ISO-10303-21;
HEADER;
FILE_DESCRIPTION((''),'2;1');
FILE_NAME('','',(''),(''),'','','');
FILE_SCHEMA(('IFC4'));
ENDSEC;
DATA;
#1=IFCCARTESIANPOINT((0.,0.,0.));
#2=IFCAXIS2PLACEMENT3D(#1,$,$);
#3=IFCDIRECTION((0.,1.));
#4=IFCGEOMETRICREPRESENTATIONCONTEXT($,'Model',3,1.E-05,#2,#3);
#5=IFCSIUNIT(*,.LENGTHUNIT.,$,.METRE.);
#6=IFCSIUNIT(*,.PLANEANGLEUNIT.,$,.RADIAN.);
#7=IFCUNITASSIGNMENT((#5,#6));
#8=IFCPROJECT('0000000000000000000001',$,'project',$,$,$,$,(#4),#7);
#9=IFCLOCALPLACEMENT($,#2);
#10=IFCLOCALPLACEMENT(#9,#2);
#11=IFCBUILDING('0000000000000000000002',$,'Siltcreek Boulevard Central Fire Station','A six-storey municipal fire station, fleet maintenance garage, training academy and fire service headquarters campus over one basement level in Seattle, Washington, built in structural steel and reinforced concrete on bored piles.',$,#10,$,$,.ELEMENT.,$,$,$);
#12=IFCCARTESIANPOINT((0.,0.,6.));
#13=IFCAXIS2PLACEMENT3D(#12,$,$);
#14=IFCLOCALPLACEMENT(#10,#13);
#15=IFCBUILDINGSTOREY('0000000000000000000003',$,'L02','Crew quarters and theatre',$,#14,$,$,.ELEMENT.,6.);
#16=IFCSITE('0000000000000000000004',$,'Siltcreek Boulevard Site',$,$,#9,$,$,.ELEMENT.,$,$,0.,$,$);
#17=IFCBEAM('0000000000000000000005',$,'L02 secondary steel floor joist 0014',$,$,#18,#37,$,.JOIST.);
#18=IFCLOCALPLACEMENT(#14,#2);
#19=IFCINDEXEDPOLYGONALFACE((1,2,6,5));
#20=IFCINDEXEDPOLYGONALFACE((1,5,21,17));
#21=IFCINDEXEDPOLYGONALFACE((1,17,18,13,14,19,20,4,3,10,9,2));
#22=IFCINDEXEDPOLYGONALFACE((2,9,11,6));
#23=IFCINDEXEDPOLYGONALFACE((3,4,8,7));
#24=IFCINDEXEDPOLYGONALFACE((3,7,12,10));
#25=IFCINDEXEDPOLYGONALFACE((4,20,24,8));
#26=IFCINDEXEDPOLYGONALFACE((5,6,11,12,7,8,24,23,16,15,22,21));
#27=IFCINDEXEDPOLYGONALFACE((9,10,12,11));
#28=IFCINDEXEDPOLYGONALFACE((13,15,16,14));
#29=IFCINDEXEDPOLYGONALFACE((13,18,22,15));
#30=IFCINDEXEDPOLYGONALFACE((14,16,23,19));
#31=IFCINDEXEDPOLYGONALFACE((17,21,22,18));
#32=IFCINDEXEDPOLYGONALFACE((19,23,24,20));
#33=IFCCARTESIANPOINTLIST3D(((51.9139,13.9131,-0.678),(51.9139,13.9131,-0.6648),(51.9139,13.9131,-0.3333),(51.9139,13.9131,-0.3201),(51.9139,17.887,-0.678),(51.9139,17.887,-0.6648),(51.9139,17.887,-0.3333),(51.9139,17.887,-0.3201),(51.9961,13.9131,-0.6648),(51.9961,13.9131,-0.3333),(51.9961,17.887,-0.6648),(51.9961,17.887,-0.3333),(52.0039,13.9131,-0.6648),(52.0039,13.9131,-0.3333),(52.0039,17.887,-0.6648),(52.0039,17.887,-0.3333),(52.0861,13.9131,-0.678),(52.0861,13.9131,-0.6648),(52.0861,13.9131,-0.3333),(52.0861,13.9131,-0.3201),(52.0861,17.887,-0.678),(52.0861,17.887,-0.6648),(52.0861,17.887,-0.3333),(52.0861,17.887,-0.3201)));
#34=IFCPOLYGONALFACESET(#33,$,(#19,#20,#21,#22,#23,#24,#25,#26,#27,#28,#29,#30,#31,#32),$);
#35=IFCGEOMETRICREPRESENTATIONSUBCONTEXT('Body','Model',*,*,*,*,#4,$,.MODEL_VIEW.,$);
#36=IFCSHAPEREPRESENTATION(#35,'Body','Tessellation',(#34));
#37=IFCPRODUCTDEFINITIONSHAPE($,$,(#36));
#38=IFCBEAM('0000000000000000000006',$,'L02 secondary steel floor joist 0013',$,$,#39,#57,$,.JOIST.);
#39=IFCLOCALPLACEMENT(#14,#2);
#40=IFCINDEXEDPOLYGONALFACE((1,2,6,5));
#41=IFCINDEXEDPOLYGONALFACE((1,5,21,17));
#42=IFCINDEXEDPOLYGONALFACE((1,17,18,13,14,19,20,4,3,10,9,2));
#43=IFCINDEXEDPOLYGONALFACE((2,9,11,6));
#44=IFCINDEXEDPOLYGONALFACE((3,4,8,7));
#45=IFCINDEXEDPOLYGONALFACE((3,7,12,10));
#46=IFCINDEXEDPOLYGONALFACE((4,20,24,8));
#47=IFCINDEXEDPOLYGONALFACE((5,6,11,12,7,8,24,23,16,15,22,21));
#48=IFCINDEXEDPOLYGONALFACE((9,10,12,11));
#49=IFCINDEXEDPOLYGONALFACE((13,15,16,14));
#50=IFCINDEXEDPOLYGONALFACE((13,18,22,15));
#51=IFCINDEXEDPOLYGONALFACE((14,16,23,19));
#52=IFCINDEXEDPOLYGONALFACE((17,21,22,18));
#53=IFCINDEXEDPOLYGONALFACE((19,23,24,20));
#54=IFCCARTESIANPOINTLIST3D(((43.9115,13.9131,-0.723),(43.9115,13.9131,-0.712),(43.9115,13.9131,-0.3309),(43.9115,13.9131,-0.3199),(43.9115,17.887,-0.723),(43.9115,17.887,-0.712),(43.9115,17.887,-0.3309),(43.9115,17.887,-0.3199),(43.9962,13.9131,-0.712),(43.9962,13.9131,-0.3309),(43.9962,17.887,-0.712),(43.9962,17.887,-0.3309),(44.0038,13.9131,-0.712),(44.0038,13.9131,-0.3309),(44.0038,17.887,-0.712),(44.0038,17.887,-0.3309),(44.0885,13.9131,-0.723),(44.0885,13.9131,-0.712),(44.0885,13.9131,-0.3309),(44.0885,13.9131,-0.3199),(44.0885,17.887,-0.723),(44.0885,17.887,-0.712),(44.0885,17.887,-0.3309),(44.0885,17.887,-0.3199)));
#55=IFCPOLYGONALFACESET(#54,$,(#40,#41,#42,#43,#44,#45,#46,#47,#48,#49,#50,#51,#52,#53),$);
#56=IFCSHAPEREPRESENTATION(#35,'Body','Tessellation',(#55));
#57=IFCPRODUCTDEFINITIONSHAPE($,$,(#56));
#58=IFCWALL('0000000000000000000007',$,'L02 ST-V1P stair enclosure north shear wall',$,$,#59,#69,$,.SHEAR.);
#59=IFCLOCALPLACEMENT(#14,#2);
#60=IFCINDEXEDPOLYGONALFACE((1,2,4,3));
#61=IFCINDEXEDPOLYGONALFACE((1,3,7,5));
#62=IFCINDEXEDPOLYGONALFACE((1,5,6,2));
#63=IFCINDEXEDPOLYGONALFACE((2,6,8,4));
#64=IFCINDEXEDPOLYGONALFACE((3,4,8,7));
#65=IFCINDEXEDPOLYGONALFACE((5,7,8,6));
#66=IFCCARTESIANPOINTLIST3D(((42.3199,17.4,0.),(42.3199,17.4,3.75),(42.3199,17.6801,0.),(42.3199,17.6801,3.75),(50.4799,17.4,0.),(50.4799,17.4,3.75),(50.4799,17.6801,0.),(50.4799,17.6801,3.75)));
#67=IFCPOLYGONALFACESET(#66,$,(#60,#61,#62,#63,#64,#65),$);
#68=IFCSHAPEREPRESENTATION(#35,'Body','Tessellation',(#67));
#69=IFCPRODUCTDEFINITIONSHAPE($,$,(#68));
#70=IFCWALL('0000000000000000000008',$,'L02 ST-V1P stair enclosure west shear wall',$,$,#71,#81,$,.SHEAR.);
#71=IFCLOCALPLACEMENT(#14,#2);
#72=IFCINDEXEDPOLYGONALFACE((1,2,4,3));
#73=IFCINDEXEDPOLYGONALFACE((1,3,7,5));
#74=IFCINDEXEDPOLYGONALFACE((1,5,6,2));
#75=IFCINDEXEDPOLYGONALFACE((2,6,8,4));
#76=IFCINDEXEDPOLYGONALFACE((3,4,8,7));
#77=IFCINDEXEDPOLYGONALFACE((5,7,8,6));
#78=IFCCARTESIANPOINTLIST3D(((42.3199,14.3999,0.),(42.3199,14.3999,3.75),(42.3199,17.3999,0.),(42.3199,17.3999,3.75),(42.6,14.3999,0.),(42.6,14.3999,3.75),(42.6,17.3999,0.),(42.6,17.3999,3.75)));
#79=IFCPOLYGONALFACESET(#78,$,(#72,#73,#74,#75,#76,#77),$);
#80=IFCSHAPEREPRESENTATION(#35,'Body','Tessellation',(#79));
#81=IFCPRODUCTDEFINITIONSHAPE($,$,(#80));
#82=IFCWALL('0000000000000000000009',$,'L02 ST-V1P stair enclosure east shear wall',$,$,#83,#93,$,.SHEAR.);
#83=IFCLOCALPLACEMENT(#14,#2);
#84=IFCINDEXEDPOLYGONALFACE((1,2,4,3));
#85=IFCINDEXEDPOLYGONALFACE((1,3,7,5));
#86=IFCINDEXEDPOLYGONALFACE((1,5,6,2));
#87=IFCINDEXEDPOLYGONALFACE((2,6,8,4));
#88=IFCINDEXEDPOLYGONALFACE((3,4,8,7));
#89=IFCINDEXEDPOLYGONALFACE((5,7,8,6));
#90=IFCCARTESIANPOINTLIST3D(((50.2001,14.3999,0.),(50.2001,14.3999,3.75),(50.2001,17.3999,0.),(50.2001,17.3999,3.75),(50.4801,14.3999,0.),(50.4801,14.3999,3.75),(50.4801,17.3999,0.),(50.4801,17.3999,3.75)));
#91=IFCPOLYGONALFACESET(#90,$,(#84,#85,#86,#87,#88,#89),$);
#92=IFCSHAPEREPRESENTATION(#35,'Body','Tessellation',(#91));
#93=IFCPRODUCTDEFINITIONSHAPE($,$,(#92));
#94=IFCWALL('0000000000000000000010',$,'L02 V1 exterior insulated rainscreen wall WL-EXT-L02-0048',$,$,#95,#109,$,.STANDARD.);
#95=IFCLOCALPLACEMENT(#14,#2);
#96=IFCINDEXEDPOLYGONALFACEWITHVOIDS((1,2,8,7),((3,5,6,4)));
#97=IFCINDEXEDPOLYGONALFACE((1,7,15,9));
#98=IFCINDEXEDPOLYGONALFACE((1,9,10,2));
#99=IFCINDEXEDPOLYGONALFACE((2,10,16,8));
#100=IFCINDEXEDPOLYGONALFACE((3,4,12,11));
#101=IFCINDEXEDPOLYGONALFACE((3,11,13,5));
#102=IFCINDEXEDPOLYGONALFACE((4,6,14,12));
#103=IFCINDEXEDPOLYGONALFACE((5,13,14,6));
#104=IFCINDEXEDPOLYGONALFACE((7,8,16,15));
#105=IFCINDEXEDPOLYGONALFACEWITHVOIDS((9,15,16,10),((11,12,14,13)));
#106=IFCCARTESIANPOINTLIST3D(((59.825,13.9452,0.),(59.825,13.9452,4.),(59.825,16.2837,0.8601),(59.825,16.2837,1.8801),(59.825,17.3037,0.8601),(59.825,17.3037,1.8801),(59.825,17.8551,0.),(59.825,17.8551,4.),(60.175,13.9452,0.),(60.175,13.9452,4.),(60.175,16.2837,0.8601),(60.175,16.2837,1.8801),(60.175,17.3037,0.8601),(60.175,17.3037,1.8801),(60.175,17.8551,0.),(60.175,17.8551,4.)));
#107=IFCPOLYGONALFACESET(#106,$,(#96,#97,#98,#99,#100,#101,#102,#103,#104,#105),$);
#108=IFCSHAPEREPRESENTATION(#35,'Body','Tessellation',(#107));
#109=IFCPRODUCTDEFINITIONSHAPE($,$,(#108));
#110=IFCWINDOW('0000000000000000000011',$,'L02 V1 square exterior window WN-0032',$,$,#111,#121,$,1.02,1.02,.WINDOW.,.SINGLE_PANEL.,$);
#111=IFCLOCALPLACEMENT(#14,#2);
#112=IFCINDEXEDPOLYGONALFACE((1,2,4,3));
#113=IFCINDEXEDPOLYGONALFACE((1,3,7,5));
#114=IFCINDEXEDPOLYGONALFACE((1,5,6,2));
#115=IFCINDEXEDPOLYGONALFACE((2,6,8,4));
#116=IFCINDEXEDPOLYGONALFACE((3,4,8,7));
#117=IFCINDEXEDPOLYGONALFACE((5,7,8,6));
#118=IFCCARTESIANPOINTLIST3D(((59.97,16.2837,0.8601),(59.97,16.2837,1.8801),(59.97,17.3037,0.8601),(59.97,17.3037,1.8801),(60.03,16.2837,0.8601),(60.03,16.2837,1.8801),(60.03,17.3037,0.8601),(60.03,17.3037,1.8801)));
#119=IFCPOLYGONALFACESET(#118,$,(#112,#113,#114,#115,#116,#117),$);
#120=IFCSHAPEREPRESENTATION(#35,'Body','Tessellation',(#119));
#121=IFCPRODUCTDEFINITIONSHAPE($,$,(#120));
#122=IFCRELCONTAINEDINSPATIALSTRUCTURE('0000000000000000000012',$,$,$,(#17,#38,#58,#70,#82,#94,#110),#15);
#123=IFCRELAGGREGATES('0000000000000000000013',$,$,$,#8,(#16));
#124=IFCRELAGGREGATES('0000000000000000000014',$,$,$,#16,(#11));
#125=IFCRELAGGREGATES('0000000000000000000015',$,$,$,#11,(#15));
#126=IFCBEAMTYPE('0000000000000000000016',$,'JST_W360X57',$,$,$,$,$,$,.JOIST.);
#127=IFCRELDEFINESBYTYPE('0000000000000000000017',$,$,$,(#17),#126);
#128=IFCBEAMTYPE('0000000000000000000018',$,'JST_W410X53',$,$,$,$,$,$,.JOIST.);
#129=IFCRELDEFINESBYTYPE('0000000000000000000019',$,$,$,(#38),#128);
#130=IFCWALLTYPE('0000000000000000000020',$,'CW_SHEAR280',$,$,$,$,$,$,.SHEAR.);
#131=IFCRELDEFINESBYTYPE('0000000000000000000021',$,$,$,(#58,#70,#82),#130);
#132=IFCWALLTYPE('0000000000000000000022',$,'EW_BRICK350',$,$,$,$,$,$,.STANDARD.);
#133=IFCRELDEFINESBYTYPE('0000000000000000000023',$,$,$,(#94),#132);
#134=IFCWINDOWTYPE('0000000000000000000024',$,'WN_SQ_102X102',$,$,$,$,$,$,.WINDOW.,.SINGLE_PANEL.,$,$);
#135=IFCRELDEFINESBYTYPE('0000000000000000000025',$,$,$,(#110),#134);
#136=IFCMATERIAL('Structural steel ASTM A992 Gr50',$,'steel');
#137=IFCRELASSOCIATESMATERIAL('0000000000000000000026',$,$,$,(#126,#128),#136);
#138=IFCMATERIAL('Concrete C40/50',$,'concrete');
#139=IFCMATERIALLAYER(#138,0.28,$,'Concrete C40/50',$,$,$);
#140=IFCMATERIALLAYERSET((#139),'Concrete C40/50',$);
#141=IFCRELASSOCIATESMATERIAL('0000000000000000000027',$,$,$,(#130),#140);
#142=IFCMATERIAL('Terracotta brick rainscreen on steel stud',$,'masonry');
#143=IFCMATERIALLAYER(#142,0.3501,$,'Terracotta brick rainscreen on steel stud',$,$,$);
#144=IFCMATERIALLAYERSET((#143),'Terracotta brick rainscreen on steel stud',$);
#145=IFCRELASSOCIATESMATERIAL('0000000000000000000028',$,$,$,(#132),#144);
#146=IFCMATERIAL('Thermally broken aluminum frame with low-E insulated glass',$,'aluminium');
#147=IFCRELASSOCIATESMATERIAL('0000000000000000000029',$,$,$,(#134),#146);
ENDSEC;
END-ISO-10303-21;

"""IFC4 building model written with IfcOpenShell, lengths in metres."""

from ifc_helpers import new_model, si_unit, direction, frame, frame_2d, origin, origin_2d, place, context, subcontext, project, spatial, rectangle, i_section, extrude, material, layer, layer_set, material_profile, profile_set, type_object, element, fill, save


model = new_model("IFC4")

# Units and contexts
model_context = context("Model", 3, precision=1e-05, world=origin(), true_north=direction((0.0, 1.0)))
body_context = subcontext(model_context, "Body", "Model", "MODEL_VIEW")
ifc_project = project(units=[si_unit("LENGTHUNIT", "METRE"), si_unit("PLANEANGLEUNIT", "RADIAN")], contexts=[model_context])

# Site, building, storey
site_placement = place(None, origin())
site = spatial("IfcSite", under=ifc_project, at=site_placement, Name="Siltcreek Boulevard Site", CompositionType="ELEMENT", RefElevation=0.0)
building_placement = place(site_placement, origin())
building = spatial("IfcBuilding", under=site, at=building_placement, Name="Siltcreek Boulevard Central Fire Station", Description="A six-storey municipal fire station, fleet maintenance garage, training academy and fire service headquarters campus over one basement level in Seattle, Washington, built in structural steel and reinforced concrete on bored piles.", CompositionType="ELEMENT")
storey_placement = place(building_placement, frame((0.0, 0.0, 6.0)))
storey = spatial("IfcBuildingStorey", under=building, at=storey_placement, Name="L02", Description="Crew quarters and theatre", CompositionType="ELEMENT", Elevation=6.0)

# Shared definitions
ifc_material_1 = material(Name="Structural steel ASTM A992 Gr50", Category="steel")

# Beams
ifc_material_profile_1 = material_profile(ifc_material_1, i_section(OverallWidth=0.1721, OverallDepth=0.3579, WebThickness=0.0078, FlangeThickness=0.0132, at=origin_2d()), Name="W360X57")
ifc_profile_set_1 = profile_set([ifc_material_profile_1], Name="Structural steel ASTM A992 Gr50")
beam_type_1 = type_object("IfcBeamType", Name="JST_W360X57", PredefinedType="JOIST", material=ifc_profile_set_1)
beam_1_placement = place(storey_placement, frame((52.0, 13.9131, -0.499), z_axis=(0.0, 1.0, 0.0), x_axis=(-1.0, 0.0, 0.0)))
element("IfcBeam", 1, at=beam_1_placement, inside=storey, type_object=beam_type_1, Name="L02 secondary steel floor joist 0014", PredefinedType="JOIST", context=body_context, shape_type="SweptSolid", body=[
    extrude(i_section(OverallWidth=0.1721, OverallDepth=0.3579, WebThickness=0.0078, FlangeThickness=0.0132, at=origin_2d()), origin(), (0.0, 0.0, 1.0), 3.9739),
])
ifc_material_profile_2 = material_profile(ifc_material_1, i_section(OverallWidth=0.177, OverallDepth=0.4031, WebThickness=0.0076, FlangeThickness=0.011, at=origin_2d()), Name="W410X53")
ifc_profile_set_2 = profile_set([ifc_material_profile_2], Name="Structural steel ASTM A992 Gr50")
beam_type_2 = type_object("IfcBeamType", Name="JST_W410X53", PredefinedType="JOIST", material=ifc_profile_set_2)
beam_2_placement = place(storey_placement, frame((44.0, 13.9131, -0.5215), z_axis=(0.0, 1.0, 0.0), x_axis=(-1.0, 0.0, 0.0)))
element("IfcBeam", 2, at=beam_2_placement, inside=storey, type_object=beam_type_2, Name="L02 secondary steel floor joist 0013", PredefinedType="JOIST", context=body_context, shape_type="SweptSolid", body=[
    extrude(i_section(OverallWidth=0.177, OverallDepth=0.4031, WebThickness=0.0076, FlangeThickness=0.011, at=origin_2d()), origin(), (0.0, 0.0, 1.0), 3.9739),
])

# Walls
ifc_material_2 = material(Name="Concrete C40/50", Category="concrete")
ifc_layer_1 = layer(ifc_material_2, 0.28, Name="Concrete C40/50")
ifc_layer_set_1 = layer_set([ifc_layer_1], Name="Concrete C40/50")
wall_type_1 = type_object("IfcWallType", Name="CW_SHEAR280", PredefinedType="SHEAR", material=ifc_layer_set_1)
wall_1_placement = place(storey_placement, frame((50.48, 17.54, 0.0), z_axis=(0.0, 0.0, 1.0), x_axis=(-1.0, 0.0, 0.0)))
element("IfcWall", 3, at=wall_1_placement, inside=storey, type_object=wall_type_1, Name="L02 ST-V1P stair enclosure north shear wall", PredefinedType="SHEAR", context=body_context, shape_type="SweptSolid", body=[
    extrude(rectangle(XDim=8.1599, YDim=0.28, at=frame_2d((4.0801, 0.0))), origin(), (0.0, 0.0, 1.0), 3.75),
])
for number, where, z_axis, x_axis, name in (
    (4, (42.46, 17.3999, 0.0), (0.0, 0.0, 1.0), (0.0, -1.0, 0.0), "L02 ST-V1P stair enclosure west shear wall"),
    (5, (50.3401, 14.3999, 0.0), (0.0, 0.0, 1.0), (0.0, 1.0, 0.0), "L02 ST-V1P stair enclosure east shear wall"),
):
    element("IfcWall", number, at=place(storey_placement, frame(where, z_axis=z_axis, x_axis=x_axis)), inside=storey, type_object=wall_type_1, Name=name, PredefinedType="SHEAR", context=body_context, shape_type="SweptSolid", body=[
        extrude(rectangle(XDim=3.0, YDim=0.28, at=frame_2d((1.5, 0.0))), origin(), (0.0, 0.0, 1.0), 3.75),
    ])

# Wall, opening, window
ifc_material_3 = material(Name="Terracotta brick rainscreen on steel stud", Category="masonry")
ifc_layer_2 = layer(ifc_material_3, 0.3501, Name="Terracotta brick rainscreen on steel stud")
ifc_layer_set_2 = layer_set([ifc_layer_2], Name="Terracotta brick rainscreen on steel stud")
wall_type_2 = type_object("IfcWallType", Name="EW_BRICK350", PredefinedType="STANDARD", material=ifc_layer_set_2)
wall_2_placement = place(storey_placement, frame((60.0, 13.9451, 0.0), z_axis=(0.0, 0.0, 1.0), x_axis=(0.0, 1.0, 0.0)))
wall_2 = element("IfcWall", 6, at=wall_2_placement, inside=storey, type_object=wall_type_2, Name="L02 V1 exterior insulated rainscreen wall WL-EXT-L02-0048", PredefinedType="STANDARD", context=body_context, shape_type="SweptSolid", body=[
    extrude(rectangle(XDim=3.9099, YDim=0.3501, at=frame_2d((1.9551, 0.0))), origin(), (0.0, 0.0, 1.0), 4.0),
])
opening_placement = place(wall_2_placement, frame((2.3386, 0.0, 0.8601)))
opening = element("IfcOpeningElement", 7, at=opening_placement, cuts=wall_2, PredefinedType="OPENING", context=body_context, shape_type="SweptSolid", body=[
    extrude(rectangle(XDim=1.02, YDim=1.02, at=frame_2d((0.51, 0.51))), frame((0.0, 0.1851, 0.0), z_axis=(0.0, -1.0, 0.0), x_axis=(1.0, 0.0, 0.0)), (0.0, 0.0, 1.0), 0.3701),
])
ifc_material_4 = material(Name="Thermally broken aluminum frame with low-E insulated glass", Category="aluminium")
window_type = type_object("IfcWindowType", Name="WN_SQ_102X102", PartitioningType="SINGLE_PANEL", PredefinedType="WINDOW", material=ifc_material_4)
window_placement = place(opening_placement, origin())
window = element("IfcWindow", 8, at=window_placement, inside=storey, type_object=window_type, Name="L02 V1 square exterior window WN-0032", OverallHeight=1.02, OverallWidth=1.02, PartitioningType="SINGLE_PANEL", PredefinedType="WINDOW", context=body_context, shape_type="SweptSolid", body=[
    extrude(rectangle(XDim=1.02, YDim=1.02, at=frame_2d((0.51, 0.51))), frame((0.0, 0.03, 0.0), z_axis=(0.0, -1.0, 0.0), x_axis=(1.0, 0.0, 0.0)), (0.0, 0.0, 1.0), 0.0601),
])
fill(opening, window)

save(model, "model.ifc")
